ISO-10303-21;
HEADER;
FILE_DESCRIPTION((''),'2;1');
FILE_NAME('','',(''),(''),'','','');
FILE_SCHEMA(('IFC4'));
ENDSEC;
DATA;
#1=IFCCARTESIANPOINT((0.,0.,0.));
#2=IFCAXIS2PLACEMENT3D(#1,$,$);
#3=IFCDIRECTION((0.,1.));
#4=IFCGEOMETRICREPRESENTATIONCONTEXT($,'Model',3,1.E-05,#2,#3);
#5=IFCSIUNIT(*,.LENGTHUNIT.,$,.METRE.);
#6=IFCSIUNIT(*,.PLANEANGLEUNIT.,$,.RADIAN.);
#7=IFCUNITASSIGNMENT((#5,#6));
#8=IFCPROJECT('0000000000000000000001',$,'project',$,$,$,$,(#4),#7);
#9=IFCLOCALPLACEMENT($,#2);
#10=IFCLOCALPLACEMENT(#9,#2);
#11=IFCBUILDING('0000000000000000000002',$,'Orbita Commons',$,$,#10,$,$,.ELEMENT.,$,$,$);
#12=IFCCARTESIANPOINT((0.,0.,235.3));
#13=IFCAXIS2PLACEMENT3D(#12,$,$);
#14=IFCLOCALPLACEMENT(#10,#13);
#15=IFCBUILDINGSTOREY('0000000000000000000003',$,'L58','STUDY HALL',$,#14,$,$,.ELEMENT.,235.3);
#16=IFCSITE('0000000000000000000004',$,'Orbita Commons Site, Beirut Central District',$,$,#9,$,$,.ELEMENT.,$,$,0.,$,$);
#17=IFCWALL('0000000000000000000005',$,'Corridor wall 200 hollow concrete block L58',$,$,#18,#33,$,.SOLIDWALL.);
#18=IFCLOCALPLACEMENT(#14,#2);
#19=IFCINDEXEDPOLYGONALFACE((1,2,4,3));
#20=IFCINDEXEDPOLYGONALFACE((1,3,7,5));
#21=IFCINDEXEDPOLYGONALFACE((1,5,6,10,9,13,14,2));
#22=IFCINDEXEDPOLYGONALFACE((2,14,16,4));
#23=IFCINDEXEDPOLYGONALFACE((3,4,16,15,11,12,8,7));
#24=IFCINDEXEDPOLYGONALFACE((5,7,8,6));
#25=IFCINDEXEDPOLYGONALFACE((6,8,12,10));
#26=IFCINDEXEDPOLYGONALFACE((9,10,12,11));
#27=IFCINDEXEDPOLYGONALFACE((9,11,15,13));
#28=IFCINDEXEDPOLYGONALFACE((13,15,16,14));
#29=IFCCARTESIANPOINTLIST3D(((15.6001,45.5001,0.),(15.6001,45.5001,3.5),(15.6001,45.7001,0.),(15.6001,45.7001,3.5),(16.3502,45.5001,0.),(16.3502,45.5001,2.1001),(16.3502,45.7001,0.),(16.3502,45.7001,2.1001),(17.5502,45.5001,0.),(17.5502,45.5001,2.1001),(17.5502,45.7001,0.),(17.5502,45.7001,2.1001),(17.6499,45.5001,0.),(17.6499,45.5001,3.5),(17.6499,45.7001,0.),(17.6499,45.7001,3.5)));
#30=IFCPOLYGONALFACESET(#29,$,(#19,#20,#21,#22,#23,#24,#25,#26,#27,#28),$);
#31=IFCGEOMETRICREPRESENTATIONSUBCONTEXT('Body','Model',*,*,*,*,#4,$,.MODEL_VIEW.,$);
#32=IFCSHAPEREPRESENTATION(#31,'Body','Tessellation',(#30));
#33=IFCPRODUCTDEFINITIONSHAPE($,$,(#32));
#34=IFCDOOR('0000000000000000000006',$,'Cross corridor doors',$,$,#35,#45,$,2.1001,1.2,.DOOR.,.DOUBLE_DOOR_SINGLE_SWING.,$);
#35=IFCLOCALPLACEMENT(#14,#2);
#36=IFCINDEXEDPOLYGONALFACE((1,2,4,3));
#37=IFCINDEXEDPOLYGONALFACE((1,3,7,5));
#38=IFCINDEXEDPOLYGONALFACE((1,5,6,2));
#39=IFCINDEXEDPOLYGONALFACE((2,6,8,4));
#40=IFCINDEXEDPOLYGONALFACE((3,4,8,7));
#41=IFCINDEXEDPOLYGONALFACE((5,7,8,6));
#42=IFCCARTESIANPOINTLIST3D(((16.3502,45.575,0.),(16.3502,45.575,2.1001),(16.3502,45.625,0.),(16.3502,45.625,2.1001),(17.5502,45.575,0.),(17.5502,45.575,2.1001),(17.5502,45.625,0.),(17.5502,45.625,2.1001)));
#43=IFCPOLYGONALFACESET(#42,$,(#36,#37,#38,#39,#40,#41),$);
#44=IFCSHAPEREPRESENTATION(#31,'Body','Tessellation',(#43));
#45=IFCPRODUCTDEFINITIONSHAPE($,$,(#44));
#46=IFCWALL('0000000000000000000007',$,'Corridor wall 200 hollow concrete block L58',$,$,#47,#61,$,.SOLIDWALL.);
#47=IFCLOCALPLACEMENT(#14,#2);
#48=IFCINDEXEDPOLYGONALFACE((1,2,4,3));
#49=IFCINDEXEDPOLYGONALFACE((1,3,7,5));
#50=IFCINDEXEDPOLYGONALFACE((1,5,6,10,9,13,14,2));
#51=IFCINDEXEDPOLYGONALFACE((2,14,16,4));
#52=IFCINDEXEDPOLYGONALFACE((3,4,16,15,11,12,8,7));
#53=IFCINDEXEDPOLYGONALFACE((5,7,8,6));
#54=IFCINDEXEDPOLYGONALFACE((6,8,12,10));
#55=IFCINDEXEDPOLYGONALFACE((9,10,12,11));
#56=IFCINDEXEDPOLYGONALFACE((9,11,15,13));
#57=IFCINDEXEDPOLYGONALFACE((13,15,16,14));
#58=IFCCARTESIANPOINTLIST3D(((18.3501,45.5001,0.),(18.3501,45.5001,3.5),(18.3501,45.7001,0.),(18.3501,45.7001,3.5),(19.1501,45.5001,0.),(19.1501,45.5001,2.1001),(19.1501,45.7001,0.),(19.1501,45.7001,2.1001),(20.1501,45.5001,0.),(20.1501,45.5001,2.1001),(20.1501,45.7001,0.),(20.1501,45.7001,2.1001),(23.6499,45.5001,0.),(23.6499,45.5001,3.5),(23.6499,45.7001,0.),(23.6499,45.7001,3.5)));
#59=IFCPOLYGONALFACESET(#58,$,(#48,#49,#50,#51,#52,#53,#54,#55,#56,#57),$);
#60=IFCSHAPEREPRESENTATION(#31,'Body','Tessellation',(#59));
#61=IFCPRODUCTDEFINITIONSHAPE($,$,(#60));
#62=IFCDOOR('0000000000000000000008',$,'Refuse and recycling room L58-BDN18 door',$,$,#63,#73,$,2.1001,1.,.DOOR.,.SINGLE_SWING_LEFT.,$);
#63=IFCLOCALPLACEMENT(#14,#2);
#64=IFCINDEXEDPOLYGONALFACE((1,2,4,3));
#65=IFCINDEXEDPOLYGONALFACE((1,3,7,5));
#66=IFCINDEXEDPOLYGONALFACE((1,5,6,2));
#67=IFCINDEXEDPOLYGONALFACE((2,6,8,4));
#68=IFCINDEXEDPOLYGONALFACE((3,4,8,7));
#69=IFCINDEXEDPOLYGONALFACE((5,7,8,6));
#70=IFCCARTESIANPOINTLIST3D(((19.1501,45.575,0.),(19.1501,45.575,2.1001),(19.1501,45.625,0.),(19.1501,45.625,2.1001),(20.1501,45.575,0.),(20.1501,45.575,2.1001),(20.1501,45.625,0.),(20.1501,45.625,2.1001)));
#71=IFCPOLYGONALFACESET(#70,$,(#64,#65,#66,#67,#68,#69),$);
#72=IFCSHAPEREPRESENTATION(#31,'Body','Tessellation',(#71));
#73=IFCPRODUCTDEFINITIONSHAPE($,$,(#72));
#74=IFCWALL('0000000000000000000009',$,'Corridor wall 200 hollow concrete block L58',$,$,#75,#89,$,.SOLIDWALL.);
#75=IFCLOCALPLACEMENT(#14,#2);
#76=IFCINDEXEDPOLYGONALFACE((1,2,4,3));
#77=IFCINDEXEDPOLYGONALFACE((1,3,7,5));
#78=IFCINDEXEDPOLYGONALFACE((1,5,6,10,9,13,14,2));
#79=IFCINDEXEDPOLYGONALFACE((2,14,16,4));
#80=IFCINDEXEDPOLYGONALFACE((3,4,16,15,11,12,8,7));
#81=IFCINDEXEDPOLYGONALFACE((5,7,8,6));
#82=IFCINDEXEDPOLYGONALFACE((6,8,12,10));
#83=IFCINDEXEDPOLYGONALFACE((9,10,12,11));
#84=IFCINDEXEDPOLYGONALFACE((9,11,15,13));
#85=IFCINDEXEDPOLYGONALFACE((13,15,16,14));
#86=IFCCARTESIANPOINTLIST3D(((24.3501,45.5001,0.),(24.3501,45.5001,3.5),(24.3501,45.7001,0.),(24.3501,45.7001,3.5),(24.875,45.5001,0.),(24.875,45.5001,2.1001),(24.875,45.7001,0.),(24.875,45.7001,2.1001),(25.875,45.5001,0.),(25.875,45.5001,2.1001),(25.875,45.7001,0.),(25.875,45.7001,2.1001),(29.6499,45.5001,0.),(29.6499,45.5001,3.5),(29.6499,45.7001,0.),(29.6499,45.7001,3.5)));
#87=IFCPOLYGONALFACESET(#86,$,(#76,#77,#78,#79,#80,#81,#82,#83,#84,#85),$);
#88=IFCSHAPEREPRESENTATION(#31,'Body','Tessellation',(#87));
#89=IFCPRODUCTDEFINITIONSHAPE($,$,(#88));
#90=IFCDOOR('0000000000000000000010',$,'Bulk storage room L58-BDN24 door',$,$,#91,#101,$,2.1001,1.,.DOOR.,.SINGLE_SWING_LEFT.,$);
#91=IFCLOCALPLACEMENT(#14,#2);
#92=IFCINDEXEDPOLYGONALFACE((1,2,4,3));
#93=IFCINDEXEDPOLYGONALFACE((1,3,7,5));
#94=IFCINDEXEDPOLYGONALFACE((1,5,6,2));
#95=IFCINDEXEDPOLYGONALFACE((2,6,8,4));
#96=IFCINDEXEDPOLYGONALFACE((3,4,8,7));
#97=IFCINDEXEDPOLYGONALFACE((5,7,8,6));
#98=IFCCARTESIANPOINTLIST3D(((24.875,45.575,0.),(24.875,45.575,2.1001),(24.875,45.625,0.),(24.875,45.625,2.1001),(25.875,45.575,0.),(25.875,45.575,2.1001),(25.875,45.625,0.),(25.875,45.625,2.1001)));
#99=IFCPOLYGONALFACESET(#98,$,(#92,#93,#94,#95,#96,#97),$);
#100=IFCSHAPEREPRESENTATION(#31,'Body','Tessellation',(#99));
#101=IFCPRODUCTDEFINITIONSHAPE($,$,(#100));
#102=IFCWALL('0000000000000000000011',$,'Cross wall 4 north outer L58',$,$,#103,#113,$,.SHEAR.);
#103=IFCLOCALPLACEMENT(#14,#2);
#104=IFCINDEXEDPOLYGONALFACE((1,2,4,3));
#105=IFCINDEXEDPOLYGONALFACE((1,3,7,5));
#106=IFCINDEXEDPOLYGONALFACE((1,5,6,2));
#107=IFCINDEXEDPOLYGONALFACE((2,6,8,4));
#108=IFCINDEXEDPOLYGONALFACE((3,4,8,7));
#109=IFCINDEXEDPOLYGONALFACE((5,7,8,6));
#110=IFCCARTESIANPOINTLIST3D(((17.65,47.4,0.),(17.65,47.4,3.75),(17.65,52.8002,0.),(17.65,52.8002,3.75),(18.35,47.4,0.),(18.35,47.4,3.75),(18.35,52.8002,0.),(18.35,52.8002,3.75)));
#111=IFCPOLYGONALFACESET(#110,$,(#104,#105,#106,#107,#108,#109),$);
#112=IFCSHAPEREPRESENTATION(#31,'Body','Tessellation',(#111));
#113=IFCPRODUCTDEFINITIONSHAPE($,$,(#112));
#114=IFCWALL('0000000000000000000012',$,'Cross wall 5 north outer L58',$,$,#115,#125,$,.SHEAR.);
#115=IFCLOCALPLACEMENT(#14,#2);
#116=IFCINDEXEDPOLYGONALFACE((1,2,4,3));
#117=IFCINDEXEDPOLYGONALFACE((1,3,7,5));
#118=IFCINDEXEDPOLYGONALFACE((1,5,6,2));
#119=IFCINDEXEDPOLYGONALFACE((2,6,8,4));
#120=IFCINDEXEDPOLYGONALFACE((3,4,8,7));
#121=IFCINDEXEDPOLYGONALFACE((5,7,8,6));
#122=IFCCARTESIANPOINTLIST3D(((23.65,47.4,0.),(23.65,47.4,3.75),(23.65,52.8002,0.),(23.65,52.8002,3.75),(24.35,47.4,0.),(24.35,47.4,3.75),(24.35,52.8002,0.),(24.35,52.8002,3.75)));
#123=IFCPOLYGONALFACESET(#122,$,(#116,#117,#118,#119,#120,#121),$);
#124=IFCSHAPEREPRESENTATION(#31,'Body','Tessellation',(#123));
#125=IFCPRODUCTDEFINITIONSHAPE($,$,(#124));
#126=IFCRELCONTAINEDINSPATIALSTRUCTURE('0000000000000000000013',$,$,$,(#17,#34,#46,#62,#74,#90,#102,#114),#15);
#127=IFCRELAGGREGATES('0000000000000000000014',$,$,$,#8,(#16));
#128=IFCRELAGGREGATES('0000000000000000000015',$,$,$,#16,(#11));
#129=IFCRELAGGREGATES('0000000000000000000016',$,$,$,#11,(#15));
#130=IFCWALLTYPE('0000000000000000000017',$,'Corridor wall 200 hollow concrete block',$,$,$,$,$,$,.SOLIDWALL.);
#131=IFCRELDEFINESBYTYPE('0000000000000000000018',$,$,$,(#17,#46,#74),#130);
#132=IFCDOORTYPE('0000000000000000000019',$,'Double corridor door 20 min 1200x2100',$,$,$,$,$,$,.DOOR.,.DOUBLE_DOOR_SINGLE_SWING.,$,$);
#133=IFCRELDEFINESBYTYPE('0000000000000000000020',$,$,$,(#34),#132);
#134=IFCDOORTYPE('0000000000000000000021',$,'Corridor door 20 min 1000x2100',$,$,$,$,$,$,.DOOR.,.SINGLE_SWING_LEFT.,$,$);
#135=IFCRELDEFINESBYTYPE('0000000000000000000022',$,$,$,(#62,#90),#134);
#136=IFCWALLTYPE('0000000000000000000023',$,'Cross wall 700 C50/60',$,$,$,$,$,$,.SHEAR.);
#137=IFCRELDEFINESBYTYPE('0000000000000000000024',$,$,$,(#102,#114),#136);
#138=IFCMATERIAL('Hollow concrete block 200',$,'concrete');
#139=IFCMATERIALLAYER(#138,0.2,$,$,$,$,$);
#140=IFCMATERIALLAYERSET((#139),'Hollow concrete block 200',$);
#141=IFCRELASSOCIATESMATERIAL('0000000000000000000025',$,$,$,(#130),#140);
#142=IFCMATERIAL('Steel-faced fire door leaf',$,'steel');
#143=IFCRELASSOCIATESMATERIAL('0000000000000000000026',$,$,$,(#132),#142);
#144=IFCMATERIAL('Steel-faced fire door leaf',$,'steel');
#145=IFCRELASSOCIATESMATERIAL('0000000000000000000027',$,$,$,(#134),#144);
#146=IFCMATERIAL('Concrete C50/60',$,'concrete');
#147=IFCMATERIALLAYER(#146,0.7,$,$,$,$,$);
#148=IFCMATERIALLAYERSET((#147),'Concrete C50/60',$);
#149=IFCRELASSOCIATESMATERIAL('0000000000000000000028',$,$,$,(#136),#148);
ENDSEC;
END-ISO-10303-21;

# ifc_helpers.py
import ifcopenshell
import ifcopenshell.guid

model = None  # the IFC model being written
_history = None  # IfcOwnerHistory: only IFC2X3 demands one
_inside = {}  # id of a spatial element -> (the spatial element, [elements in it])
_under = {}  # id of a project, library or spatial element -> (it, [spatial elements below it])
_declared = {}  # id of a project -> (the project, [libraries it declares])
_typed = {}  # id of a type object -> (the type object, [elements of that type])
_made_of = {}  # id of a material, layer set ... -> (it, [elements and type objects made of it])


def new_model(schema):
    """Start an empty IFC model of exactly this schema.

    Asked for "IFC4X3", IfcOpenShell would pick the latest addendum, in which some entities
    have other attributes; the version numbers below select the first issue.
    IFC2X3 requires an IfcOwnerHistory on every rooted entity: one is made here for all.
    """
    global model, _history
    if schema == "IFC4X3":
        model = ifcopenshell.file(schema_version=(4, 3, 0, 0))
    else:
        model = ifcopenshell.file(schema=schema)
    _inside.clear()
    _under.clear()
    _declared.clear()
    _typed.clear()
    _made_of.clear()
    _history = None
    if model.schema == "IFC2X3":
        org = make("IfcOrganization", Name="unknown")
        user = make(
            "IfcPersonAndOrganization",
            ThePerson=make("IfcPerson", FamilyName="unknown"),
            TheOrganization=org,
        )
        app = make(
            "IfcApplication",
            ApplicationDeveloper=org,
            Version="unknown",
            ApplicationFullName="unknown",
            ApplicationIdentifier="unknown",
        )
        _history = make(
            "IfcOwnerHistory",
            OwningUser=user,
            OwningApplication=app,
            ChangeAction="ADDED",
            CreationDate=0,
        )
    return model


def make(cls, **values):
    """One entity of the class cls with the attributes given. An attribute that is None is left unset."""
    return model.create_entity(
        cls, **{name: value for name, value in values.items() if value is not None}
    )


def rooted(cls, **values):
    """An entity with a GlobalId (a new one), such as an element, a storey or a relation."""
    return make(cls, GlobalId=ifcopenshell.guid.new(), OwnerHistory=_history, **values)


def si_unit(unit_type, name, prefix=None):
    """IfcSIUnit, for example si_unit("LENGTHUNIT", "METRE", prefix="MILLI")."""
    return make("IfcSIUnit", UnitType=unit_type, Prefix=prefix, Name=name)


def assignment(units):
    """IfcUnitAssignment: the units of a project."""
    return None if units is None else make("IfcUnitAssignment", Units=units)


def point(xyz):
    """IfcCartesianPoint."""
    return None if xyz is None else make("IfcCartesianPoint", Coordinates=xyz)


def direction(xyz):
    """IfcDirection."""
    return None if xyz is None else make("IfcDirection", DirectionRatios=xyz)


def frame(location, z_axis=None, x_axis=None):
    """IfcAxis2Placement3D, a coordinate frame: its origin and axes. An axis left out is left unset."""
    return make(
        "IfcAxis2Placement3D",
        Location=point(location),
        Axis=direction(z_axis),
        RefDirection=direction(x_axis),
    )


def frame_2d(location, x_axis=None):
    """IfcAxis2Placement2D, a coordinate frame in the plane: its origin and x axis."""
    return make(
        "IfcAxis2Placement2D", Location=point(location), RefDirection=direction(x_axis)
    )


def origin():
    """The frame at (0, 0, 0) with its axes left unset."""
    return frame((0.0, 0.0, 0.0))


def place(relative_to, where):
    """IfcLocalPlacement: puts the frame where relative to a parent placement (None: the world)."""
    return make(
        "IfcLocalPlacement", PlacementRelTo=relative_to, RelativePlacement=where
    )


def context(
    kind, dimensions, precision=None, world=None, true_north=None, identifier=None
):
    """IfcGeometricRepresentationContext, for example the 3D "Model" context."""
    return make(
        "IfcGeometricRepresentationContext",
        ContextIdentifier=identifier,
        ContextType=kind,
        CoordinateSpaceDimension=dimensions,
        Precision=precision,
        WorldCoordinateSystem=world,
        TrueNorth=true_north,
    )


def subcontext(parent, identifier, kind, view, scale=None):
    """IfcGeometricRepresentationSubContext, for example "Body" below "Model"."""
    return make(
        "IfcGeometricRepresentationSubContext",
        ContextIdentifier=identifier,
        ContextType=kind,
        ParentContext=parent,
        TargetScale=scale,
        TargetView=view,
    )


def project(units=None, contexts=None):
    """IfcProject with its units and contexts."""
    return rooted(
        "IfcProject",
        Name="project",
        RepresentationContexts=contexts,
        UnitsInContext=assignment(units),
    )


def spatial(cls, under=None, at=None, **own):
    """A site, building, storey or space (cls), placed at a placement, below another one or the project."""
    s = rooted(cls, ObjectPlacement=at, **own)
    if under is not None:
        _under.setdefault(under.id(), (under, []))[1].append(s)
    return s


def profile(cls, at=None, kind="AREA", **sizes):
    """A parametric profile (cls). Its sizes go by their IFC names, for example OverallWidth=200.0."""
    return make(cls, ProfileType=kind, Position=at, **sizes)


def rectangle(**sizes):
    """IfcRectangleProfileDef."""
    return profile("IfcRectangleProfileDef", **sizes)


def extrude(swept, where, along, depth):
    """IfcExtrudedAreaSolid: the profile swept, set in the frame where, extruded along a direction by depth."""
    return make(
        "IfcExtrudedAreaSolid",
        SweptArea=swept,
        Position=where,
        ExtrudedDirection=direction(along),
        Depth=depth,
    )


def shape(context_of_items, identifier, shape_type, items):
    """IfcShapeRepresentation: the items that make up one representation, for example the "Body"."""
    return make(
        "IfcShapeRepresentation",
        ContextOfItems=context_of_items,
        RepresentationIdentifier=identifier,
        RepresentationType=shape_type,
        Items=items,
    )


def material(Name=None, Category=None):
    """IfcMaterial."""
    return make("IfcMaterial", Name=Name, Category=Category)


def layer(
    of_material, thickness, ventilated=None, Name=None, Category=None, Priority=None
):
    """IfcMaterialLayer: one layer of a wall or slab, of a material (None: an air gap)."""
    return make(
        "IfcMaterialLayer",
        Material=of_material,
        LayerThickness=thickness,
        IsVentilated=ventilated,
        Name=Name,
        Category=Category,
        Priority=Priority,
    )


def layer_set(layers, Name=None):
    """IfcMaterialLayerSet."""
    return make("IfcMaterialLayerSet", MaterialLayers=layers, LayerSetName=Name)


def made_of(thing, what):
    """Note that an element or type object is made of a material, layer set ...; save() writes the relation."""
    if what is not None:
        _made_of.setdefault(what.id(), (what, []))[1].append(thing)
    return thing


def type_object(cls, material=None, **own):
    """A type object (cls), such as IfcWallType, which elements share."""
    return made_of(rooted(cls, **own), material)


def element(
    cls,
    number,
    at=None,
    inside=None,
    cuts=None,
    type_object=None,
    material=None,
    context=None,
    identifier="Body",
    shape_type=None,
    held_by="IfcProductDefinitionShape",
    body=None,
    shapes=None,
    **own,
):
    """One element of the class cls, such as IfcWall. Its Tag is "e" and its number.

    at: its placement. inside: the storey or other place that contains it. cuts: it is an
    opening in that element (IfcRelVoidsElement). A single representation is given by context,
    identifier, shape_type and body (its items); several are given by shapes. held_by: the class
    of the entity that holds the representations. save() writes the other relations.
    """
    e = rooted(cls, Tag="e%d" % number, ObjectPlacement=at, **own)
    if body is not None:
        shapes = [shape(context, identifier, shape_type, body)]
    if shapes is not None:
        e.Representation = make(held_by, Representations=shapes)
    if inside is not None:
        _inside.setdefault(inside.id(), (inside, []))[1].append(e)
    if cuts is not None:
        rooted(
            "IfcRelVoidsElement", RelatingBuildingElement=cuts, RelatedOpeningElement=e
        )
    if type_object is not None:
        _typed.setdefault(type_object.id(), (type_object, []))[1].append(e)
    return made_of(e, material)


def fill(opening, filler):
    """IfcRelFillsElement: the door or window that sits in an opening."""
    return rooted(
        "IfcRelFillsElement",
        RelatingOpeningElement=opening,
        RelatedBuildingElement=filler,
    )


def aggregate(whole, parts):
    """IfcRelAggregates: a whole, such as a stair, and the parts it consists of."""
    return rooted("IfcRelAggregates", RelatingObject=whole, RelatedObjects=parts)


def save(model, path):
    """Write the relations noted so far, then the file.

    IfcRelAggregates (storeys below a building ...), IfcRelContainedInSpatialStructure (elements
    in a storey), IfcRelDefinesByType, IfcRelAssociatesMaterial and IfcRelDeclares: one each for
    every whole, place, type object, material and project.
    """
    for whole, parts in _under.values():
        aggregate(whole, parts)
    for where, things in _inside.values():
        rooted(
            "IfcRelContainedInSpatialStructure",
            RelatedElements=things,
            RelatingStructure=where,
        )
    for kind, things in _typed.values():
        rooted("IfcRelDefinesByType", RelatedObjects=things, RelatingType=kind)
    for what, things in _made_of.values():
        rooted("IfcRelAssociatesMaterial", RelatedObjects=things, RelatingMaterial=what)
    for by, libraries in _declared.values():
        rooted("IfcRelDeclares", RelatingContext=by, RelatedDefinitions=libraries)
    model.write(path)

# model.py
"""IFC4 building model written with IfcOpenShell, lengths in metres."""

from ifc_helpers import new_model, si_unit, direction, frame, frame_2d, origin, place, context, subcontext, project, spatial, rectangle, extrude, material, layer, layer_set, type_object, element, fill, save


model = new_model("IFC4")

# Units and contexts
model_context = context("Model", 3, precision=1e-05, world=origin(), true_north=direction((0.0, 1.0)))
body_context = subcontext(model_context, "Body", "Model", "MODEL_VIEW")
ifc_project = project(units=[si_unit("LENGTHUNIT", "METRE"), si_unit("PLANEANGLEUNIT", "RADIAN")], contexts=[model_context])

# Site, building, storey
site_placement = place(None, origin())
site = spatial("IfcSite", under=ifc_project, at=site_placement, Name="Orbita Commons Site, Beirut Central District", CompositionType="ELEMENT", RefElevation=0.0)
building_placement = place(site_placement, origin())
building = spatial("IfcBuilding", under=site, at=building_placement, Name="Orbita Commons", CompositionType="ELEMENT")
storey_placement = place(building_placement, frame((0.0, 0.0, 235.3)))
storey = spatial("IfcBuildingStorey", under=building, at=storey_placement, Name="L58", Description="STUDY HALL", CompositionType="ELEMENT", Elevation=235.3)

# Walls, openings, doors
ifc_material_1 = material(Name="Hollow concrete block 200", Category="concrete")
ifc_layer_1 = layer(ifc_material_1, 0.2)
ifc_layer_set_1 = layer_set([ifc_layer_1], Name="Hollow concrete block 200")
wall_type_1 = type_object("IfcWallType", Name="Corridor wall 200 hollow concrete block", PredefinedType="SOLIDWALL", material=ifc_layer_set_1)
wall_1_placement = place(storey_placement, frame((15.6001, 45.6001, 0.0), z_axis=(0.0, 0.0, 1.0), x_axis=(1.0, 0.0, 0.0)))
wall_1 = element("IfcWall", 1, at=wall_1_placement, inside=storey, type_object=wall_type_1, Name="Corridor wall 200 hollow concrete block L58", PredefinedType="SOLIDWALL", context=body_context, shape_type="SweptSolid", body=[
    extrude(rectangle(XDim=2.0498, YDim=0.2, at=frame_2d((1.0249, 0.0))), origin(), (0.0, 0.0, 1.0), 3.5),
])
opening_1_placement = place(wall_1_placement, frame((0.75, 0.0, 0.0)))
opening_1 = element("IfcOpeningElement", 2, at=opening_1_placement, cuts=wall_1, PredefinedType="OPENING", context=body_context, shape_type="SweptSolid", body=[
    extrude(rectangle(XDim=1.2, YDim=2.1001, at=frame_2d((0.6001, 1.05))), frame((0.0, 0.1099, 0.0), z_axis=(0.0, -1.0, 0.0), x_axis=(1.0, 0.0, 0.0)), (0.0, 0.0, 1.0), 0.22),
])
ifc_material_2 = material(Name="Steel-faced fire door leaf", Category="steel")
door_type_1 = type_object("IfcDoorType", Name="Double corridor door 20 min 1200x2100", OperationType="DOUBLE_DOOR_SINGLE_SWING", PredefinedType="DOOR", material=ifc_material_2)
door_1_placement = place(opening_1_placement, origin())
door_1 = element("IfcDoor", 3, at=door_1_placement, inside=storey, type_object=door_type_1, Name="Cross corridor doors", OperationType="DOUBLE_DOOR_SINGLE_SWING", OverallHeight=2.1001, OverallWidth=1.2, PredefinedType="DOOR", context=body_context, shape_type="SweptSolid", body=[
    extrude(rectangle(XDim=1.2, YDim=2.1001, at=frame_2d((0.6001, 1.05))), frame((0.0, 0.0249, 0.0), z_axis=(0.0, -1.0, 0.0), x_axis=(1.0, 0.0, 0.0)), (0.0, 0.0, 1.0), 0.05),
])
fill(opening_1, door_1)
wall_2_placement = place(storey_placement, frame((18.3501, 45.6001, 0.0), z_axis=(0.0, 0.0, 1.0), x_axis=(1.0, 0.0, 0.0)))
wall_2 = element("IfcWall", 4, at=wall_2_placement, inside=storey, type_object=wall_type_1, Name="Corridor wall 200 hollow concrete block L58", PredefinedType="SOLIDWALL", context=body_context, shape_type="SweptSolid", body=[
    extrude(rectangle(XDim=5.2998, YDim=0.2, at=frame_2d((2.6499, 0.0))), origin(), (0.0, 0.0, 1.0), 3.5),
])
opening_2_placement = place(wall_2_placement, frame((0.8, 0.0, 0.0)))
opening_2 = element("IfcOpeningElement", 5, at=opening_2_placement, cuts=wall_2, PredefinedType="OPENING", context=body_context, shape_type="SweptSolid", body=[
    extrude(rectangle(XDim=1.0, YDim=2.1001, at=frame_2d((0.5, 1.05))), frame((0.0, 0.1099, 0.0), z_axis=(0.0, -1.0, 0.0), x_axis=(1.0, 0.0, 0.0)), (0.0, 0.0, 1.0), 0.22),
])
ifc_material_3 = material(Name="Steel-faced fire door leaf", Category="steel")
door_type_2 = type_object("IfcDoorType", Name="Corridor door 20 min 1000x2100", OperationType="SINGLE_SWING_LEFT", PredefinedType="DOOR", material=ifc_material_3)
door_2_placement = place(opening_2_placement, origin())
door_2 = element("IfcDoor", 6, at=door_2_placement, inside=storey, type_object=door_type_2, Name="Refuse and recycling room L58-BDN18 door", OperationType="SINGLE_SWING_LEFT", OverallHeight=2.1001, OverallWidth=1.0, PredefinedType="DOOR", context=body_context, shape_type="SweptSolid", body=[
    extrude(rectangle(XDim=1.0, YDim=2.1001, at=frame_2d((0.5, 1.05))), frame((0.0, 0.0249, 0.0), z_axis=(0.0, -1.0, 0.0), x_axis=(1.0, 0.0, 0.0)), (0.0, 0.0, 1.0), 0.05),
])
fill(opening_2, door_2)
wall_3_placement = place(storey_placement, frame((24.3501, 45.6001, 0.0), z_axis=(0.0, 0.0, 1.0), x_axis=(1.0, 0.0, 0.0)))
wall_3 = element("IfcWall", 7, at=wall_3_placement, inside=storey, type_object=wall_type_1, Name="Corridor wall 200 hollow concrete block L58", PredefinedType="SOLIDWALL", context=body_context, shape_type="SweptSolid", body=[
    extrude(rectangle(XDim=5.2998, YDim=0.2, at=frame_2d((2.6499, 0.0))), origin(), (0.0, 0.0, 1.0), 3.5),
])
opening_3_placement = place(wall_3_placement, frame((0.5249, 0.0, 0.0)))
opening_3 = element("IfcOpeningElement", 8, at=opening_3_placement, cuts=wall_3, PredefinedType="OPENING", context=body_context, shape_type="SweptSolid", body=[
    extrude(rectangle(XDim=1.0, YDim=2.1001, at=frame_2d((0.5, 1.05))), frame((0.0, 0.1099, 0.0), z_axis=(0.0, -1.0, 0.0), x_axis=(1.0, 0.0, 0.0)), (0.0, 0.0, 1.0), 0.22),
])
door_3_placement = place(opening_3_placement, origin())
door_3 = element("IfcDoor", 9, at=door_3_placement, inside=storey, type_object=door_type_2, Name="Bulk storage room L58-BDN24 door", OperationType="SINGLE_SWING_LEFT", OverallHeight=2.1001, OverallWidth=1.0, PredefinedType="DOOR", context=body_context, shape_type="SweptSolid", body=[
    extrude(rectangle(XDim=1.0, YDim=2.1001, at=frame_2d((0.5, 1.05))), frame((0.0, 0.0249, 0.0), z_axis=(0.0, -1.0, 0.0), x_axis=(1.0, 0.0, 0.0)), (0.0, 0.0, 1.0), 0.05),
])
fill(opening_3, door_3)

# Walls
ifc_material_4 = material(Name="Concrete C50/60", Category="concrete")
ifc_layer_2 = layer(ifc_material_4, 0.7)
ifc_layer_set_2 = layer_set([ifc_layer_2], Name="Concrete C50/60")
wall_type_2 = type_object("IfcWallType", Name="Cross wall 700 C50/60", PredefinedType="SHEAR", material=ifc_layer_set_2)
for number, where, z_axis, x_axis, name in (
    (10, (18.0, 47.3999, 0.0), (0.0, 0.0, 1.0), (0.0, 1.0, 0.0), "Cross wall 4 north outer L58"),
    (11, (24.0, 47.3999, 0.0), (0.0, 0.0, 1.0), (0.0, 1.0, 0.0), "Cross wall 5 north outer L58"),
):
    element("IfcWall", number, at=place(storey_placement, frame(where, z_axis=z_axis, x_axis=x_axis)), inside=storey, type_object=wall_type_2, Name=name, PredefinedType="SHEAR", context=body_context, shape_type="SweptSolid", body=[
        extrude(rectangle(XDim=5.4001, YDim=0.7, at=frame_2d((2.7002, 0.0))), origin(), (0.0, 0.0, 1.0), 3.75),
    ])

save(model, "model.ifc")
